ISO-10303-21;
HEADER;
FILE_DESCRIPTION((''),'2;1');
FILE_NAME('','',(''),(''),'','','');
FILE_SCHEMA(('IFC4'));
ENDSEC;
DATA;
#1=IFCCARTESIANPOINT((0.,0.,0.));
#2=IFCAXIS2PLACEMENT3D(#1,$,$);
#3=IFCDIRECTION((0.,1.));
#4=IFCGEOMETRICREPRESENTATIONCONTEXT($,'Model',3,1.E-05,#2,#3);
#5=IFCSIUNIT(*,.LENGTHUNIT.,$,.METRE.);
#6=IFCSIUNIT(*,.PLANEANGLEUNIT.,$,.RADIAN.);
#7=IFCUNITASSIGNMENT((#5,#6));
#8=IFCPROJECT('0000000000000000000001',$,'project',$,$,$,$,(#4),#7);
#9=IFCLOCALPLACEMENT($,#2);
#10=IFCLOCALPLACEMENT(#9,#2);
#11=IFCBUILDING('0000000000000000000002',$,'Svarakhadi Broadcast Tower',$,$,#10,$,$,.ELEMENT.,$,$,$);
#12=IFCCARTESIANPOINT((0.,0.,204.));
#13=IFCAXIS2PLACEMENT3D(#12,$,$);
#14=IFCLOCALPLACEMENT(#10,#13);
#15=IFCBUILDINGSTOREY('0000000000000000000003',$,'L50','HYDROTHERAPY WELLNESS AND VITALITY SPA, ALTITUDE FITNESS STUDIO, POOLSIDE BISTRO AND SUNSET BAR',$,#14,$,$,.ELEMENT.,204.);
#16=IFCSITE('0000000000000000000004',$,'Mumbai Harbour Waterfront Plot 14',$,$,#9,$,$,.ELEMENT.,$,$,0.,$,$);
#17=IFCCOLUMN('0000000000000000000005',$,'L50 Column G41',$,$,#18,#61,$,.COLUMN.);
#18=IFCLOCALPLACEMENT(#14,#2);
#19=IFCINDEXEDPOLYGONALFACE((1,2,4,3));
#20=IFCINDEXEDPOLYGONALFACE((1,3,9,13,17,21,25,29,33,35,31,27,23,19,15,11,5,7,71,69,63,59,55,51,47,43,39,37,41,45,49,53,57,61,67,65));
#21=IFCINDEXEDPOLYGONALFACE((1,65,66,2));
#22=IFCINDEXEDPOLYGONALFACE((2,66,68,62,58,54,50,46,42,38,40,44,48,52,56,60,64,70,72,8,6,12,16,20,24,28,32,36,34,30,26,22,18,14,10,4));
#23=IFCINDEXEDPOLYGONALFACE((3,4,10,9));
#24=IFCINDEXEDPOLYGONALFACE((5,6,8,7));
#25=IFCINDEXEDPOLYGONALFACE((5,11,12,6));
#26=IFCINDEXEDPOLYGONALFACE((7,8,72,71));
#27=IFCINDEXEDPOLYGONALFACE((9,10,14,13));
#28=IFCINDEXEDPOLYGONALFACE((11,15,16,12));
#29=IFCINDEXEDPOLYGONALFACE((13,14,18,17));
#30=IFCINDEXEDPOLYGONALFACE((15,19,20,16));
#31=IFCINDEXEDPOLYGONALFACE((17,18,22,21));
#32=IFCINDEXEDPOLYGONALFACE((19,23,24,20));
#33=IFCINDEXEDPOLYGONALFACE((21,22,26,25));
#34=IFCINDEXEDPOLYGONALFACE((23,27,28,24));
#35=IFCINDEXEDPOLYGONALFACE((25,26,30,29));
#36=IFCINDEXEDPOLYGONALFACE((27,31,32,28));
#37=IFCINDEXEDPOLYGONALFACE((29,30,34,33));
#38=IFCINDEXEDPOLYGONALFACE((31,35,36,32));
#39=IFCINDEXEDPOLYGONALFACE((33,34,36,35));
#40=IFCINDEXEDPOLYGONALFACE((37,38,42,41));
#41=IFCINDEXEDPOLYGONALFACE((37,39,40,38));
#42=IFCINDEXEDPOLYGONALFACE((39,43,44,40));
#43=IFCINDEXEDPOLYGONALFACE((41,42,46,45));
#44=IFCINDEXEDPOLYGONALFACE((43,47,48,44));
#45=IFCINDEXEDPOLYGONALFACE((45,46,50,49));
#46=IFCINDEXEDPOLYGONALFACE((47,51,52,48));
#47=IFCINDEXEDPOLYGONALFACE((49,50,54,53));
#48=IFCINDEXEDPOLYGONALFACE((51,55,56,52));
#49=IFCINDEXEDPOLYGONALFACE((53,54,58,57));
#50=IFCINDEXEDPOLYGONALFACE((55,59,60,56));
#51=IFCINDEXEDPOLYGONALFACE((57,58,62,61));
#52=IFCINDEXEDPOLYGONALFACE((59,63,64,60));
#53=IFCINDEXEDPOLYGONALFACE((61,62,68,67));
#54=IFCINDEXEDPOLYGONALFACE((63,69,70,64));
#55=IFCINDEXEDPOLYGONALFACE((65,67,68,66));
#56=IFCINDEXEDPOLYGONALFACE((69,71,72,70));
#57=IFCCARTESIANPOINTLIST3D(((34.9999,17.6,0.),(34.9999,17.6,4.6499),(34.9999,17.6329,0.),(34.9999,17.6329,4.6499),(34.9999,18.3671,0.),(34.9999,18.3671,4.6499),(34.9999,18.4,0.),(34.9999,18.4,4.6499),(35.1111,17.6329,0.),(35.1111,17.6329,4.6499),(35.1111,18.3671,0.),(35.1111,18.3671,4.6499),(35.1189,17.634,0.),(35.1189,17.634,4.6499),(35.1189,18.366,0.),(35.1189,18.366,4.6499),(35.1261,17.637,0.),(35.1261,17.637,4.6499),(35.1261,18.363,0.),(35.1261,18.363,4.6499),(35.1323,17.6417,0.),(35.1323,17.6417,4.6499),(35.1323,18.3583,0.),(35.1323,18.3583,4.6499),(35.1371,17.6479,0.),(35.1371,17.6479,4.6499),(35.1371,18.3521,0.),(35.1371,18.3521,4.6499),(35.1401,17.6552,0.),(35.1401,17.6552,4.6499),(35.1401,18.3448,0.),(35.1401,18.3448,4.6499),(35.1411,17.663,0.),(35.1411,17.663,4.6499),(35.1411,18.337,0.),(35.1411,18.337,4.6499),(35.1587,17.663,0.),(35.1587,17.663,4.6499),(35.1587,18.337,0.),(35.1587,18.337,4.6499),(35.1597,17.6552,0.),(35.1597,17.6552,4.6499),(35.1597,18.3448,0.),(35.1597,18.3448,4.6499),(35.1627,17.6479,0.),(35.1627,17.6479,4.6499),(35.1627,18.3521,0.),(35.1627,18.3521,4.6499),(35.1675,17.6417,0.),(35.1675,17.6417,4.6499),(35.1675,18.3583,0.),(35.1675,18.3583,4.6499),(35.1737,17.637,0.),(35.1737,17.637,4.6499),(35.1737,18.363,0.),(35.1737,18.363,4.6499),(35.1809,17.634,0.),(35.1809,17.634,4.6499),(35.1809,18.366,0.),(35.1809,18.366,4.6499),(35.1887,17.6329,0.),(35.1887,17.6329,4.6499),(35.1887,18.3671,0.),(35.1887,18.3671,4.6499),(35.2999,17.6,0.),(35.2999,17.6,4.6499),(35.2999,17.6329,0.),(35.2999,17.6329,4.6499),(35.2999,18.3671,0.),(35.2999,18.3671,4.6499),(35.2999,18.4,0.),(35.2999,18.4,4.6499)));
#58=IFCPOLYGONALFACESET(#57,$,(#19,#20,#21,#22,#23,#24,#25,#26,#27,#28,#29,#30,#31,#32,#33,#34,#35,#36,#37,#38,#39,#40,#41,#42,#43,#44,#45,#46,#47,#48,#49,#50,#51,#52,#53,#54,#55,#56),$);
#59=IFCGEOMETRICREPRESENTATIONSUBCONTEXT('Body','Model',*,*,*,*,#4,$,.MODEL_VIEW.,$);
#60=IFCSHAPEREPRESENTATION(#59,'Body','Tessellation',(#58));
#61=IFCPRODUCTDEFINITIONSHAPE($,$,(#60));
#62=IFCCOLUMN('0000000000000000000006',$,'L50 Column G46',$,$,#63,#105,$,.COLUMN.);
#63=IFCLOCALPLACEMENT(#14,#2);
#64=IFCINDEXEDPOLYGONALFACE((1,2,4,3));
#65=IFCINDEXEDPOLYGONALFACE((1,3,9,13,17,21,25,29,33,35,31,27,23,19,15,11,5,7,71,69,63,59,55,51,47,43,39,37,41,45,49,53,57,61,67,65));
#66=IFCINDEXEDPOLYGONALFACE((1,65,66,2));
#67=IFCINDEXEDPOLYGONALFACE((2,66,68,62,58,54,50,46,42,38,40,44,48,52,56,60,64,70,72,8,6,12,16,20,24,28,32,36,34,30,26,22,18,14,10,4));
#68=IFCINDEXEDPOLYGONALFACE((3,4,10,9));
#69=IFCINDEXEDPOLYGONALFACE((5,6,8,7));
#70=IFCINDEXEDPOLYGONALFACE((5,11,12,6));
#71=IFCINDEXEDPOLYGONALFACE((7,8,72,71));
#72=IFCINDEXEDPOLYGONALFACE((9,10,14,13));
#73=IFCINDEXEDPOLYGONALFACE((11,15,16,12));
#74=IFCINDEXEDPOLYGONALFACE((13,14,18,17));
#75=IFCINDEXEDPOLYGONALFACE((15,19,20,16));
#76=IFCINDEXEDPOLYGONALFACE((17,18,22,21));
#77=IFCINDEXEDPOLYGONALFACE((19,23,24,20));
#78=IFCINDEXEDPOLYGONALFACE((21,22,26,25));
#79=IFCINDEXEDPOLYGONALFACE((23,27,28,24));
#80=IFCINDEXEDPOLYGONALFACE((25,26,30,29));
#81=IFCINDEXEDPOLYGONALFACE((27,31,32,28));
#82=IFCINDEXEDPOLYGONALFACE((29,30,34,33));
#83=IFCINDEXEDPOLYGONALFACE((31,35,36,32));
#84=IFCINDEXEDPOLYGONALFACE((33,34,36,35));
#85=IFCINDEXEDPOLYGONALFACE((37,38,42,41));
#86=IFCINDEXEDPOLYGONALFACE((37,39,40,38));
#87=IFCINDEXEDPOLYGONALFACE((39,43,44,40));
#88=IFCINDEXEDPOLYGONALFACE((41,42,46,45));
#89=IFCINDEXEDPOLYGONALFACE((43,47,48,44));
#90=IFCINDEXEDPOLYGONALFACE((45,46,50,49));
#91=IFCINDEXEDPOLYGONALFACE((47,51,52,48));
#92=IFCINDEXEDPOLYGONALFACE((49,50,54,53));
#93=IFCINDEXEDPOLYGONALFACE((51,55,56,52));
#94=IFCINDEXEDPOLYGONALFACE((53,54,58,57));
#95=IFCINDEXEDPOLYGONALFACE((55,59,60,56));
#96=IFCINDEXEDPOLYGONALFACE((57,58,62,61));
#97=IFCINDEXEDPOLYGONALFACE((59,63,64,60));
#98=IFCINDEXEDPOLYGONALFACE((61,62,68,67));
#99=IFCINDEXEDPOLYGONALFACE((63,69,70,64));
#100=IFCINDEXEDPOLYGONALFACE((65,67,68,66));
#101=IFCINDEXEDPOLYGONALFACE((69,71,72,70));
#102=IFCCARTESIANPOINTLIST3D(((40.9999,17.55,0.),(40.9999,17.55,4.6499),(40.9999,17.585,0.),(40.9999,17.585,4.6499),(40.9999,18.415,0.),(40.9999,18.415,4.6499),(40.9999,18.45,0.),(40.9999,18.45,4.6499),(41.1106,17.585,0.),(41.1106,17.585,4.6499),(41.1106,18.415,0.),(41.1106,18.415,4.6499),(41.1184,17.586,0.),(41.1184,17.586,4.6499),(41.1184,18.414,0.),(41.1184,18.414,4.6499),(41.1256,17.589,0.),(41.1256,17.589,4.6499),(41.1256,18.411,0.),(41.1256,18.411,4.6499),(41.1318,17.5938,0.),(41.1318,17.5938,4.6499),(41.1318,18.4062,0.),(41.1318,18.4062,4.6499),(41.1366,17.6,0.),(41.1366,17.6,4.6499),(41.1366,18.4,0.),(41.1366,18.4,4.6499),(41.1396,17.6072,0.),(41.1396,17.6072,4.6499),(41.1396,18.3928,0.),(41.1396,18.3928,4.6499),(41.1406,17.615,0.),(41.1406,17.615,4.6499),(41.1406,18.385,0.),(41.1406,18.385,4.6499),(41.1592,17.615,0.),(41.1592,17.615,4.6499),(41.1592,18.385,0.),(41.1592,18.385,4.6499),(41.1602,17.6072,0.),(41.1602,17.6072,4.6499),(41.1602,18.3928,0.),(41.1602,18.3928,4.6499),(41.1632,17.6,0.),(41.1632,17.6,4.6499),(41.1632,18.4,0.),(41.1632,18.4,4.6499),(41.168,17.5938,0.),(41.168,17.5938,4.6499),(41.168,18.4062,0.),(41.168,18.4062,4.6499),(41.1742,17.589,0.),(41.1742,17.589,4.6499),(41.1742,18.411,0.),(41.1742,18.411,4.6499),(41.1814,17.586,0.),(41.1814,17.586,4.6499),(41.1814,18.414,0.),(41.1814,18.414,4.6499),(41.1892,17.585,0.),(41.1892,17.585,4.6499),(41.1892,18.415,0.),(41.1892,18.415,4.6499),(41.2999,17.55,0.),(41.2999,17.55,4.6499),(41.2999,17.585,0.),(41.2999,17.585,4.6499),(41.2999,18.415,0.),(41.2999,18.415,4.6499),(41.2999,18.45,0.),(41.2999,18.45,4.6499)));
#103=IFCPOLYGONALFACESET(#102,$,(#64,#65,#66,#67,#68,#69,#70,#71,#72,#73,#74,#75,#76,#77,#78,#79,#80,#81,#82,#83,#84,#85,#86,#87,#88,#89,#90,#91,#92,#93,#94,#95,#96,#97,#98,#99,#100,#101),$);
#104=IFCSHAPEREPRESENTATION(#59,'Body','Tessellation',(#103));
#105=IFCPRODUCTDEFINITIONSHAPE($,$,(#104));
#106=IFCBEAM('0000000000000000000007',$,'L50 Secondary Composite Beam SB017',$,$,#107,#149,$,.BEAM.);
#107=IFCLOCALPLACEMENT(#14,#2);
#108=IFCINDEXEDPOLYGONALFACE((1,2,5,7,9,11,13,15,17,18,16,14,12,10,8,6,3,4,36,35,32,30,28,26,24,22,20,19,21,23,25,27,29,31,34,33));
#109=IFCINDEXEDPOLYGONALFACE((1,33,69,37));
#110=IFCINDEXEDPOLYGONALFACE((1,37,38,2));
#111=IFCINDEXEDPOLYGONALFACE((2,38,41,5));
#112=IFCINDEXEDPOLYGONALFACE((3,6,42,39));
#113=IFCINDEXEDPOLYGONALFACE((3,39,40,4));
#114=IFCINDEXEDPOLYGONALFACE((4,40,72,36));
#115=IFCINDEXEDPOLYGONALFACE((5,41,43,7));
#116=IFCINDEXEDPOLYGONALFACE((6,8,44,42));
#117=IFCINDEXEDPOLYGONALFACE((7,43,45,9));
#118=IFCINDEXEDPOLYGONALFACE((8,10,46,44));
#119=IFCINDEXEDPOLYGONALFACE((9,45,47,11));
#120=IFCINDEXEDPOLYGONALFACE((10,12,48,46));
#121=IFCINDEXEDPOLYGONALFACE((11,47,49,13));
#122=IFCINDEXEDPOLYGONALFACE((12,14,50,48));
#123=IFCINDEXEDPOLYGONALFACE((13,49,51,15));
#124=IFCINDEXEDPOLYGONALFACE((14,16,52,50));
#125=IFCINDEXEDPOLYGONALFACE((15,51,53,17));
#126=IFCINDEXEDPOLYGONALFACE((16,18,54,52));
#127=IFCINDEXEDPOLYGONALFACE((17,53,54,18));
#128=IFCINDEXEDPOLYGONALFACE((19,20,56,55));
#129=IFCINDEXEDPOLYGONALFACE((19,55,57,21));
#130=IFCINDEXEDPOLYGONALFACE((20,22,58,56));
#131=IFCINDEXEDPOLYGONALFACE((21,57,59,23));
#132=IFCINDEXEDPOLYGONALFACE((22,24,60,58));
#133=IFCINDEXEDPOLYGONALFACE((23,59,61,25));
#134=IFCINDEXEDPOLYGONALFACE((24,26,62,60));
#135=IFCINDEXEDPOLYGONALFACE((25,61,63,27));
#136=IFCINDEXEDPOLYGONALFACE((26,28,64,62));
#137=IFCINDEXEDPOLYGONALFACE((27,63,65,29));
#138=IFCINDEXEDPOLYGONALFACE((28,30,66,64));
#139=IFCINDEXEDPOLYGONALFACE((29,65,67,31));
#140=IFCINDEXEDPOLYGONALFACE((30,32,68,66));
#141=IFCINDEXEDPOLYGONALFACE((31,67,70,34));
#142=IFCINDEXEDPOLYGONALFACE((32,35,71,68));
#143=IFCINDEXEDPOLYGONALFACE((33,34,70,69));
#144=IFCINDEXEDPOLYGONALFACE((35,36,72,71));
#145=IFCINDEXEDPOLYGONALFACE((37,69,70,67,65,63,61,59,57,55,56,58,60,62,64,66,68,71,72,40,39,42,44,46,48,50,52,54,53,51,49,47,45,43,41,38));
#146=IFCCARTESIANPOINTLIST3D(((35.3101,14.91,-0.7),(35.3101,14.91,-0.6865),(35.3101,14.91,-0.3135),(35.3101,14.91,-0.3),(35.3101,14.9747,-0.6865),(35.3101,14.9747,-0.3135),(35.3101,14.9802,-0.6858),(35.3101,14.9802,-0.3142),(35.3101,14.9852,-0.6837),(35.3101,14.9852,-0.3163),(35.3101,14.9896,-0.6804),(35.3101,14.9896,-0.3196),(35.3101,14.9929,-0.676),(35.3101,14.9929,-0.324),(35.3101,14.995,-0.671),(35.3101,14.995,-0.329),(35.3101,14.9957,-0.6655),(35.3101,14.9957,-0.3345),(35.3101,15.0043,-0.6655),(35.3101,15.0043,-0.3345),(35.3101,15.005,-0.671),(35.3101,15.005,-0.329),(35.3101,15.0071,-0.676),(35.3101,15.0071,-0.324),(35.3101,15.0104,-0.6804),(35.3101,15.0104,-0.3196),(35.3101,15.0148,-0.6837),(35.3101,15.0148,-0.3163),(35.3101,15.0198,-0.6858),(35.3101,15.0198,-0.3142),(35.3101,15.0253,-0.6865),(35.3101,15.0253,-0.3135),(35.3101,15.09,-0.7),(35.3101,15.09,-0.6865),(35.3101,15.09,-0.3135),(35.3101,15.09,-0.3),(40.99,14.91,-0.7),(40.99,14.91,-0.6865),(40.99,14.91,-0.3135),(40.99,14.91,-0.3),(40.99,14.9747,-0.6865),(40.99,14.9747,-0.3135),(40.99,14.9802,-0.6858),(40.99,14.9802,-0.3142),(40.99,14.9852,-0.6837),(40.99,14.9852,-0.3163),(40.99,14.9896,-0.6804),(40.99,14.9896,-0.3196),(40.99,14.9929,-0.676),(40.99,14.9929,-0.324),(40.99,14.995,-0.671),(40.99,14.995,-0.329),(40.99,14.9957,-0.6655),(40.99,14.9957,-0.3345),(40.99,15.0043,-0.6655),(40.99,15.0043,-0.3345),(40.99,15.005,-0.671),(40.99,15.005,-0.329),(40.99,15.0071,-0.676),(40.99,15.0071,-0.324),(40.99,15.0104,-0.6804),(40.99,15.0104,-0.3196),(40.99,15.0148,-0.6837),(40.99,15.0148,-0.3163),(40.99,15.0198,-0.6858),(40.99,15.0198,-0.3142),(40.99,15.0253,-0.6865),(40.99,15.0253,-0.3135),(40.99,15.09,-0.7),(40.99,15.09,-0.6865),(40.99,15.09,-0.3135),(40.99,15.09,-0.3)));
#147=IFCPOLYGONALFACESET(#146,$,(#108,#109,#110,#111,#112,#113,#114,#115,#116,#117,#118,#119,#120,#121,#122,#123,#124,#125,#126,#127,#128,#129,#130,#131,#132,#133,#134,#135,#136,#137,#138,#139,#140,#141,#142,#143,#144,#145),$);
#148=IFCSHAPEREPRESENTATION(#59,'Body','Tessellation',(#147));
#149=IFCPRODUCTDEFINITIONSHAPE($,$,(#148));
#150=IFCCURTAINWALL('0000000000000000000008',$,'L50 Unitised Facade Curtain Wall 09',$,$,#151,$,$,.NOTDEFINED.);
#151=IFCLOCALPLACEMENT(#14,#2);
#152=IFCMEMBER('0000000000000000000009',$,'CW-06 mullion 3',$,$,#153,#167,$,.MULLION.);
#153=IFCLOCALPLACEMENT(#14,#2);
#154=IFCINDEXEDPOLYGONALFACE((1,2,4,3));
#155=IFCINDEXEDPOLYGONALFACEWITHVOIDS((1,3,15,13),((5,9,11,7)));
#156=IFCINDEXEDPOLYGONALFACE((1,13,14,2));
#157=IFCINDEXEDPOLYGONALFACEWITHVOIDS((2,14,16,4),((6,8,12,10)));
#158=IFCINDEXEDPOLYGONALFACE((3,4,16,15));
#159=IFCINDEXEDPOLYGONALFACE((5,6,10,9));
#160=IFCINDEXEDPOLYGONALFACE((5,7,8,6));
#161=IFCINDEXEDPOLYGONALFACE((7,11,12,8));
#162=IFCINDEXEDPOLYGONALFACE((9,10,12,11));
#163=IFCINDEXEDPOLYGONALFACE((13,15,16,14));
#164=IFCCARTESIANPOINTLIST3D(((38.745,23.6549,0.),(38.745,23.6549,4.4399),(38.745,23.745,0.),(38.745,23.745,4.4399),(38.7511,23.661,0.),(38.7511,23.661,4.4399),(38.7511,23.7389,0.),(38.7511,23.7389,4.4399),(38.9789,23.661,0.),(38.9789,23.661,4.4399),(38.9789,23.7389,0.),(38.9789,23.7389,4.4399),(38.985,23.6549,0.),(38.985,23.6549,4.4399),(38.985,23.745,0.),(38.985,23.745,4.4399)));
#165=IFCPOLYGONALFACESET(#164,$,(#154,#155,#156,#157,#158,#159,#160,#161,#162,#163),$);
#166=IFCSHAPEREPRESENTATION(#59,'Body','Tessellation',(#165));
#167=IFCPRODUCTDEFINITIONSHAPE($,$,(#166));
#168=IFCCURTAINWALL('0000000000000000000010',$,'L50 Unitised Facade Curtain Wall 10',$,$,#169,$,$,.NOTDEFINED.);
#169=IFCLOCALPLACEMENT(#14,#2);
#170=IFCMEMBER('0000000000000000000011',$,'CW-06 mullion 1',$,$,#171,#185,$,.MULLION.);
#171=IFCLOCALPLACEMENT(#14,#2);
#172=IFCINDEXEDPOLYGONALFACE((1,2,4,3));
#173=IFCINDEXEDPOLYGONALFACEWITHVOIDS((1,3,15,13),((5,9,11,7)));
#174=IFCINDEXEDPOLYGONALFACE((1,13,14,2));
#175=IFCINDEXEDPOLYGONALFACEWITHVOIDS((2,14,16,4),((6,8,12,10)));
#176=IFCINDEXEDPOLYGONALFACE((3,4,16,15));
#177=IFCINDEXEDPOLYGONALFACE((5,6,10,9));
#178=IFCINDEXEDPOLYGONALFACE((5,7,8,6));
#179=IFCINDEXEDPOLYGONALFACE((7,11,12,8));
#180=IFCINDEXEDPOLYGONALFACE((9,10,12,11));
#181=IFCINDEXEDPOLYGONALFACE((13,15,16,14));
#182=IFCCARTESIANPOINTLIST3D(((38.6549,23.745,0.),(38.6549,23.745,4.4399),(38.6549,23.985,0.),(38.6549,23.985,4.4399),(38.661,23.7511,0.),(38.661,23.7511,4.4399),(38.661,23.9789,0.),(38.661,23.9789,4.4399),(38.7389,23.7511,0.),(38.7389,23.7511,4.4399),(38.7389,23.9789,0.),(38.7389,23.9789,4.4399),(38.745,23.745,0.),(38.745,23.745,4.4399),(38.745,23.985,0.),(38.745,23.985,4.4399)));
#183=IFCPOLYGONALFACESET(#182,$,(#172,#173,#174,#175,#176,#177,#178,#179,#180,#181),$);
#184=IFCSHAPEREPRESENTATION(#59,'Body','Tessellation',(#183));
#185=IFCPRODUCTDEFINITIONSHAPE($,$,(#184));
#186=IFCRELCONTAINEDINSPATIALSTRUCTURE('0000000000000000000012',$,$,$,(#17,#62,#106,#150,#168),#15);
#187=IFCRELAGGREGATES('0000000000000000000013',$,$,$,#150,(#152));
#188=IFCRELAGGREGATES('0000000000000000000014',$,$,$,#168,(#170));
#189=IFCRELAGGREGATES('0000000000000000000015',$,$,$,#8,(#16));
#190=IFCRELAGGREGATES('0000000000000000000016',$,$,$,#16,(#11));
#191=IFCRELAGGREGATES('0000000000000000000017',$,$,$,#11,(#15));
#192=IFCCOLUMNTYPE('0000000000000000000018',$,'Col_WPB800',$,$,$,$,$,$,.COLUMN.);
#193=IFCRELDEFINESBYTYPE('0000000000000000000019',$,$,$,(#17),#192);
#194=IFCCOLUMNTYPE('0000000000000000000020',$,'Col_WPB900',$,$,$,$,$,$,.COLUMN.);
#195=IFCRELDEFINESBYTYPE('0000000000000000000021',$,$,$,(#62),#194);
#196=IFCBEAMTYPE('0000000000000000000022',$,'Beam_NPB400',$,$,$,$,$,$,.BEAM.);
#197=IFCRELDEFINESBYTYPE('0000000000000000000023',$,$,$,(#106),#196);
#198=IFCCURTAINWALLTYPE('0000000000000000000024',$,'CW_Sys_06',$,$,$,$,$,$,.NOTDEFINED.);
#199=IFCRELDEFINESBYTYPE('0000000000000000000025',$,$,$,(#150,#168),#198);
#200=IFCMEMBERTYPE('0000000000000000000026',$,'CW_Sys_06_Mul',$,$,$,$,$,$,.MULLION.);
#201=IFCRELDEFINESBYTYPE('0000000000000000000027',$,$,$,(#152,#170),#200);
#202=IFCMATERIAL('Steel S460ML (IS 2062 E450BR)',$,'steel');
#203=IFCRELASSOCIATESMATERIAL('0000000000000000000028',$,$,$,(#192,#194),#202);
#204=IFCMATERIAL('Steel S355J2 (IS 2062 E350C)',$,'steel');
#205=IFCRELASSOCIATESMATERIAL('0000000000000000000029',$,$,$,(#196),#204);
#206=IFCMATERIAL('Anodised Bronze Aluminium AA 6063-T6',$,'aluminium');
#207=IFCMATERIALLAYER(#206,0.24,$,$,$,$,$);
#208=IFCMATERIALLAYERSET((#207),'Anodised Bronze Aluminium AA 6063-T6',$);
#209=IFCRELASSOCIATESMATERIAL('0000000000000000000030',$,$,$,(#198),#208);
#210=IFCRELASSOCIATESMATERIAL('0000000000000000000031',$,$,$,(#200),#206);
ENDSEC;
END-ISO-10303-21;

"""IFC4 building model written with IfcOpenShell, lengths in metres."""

from ifc_helpers import new_model, si_unit, direction, frame, origin, origin_2d, place, context, subcontext, project, spatial, hollow_rectangle, i_section, extrude, material, layer, layer_set, material_profile, profile_set, type_object, element, aggregate, save


model = new_model("IFC4")

# Units and contexts
model_context = context("Model", 3, precision=1e-05, world=origin(), true_north=direction((0.0, 1.0)))
body_context = subcontext(model_context, "Body", "Model", "MODEL_VIEW")
ifc_project = project(units=[si_unit("LENGTHUNIT", "METRE"), si_unit("PLANEANGLEUNIT", "RADIAN")], contexts=[model_context])

# Site, building, storey
site_placement = place(None, origin())
site = spatial("IfcSite", under=ifc_project, at=site_placement, Name="Mumbai Harbour Waterfront Plot 14", CompositionType="ELEMENT", RefElevation=0.0)
building_placement = place(site_placement, origin())
building = spatial("IfcBuilding", under=site, at=building_placement, Name="Svarakhadi Broadcast Tower", CompositionType="ELEMENT")
storey_placement = place(building_placement, frame((0.0, 0.0, 204.0)))
storey = spatial("IfcBuildingStorey", under=building, at=storey_placement, Name="L50", Description="HYDROTHERAPY WELLNESS AND VITALITY SPA, ALTITUDE FITNESS STUDIO, POOLSIDE BISTRO AND SUNSET BAR", CompositionType="ELEMENT", Elevation=204.0)

# Columns
ifc_material_1 = material(Name="Steel S460ML (IS 2062 E450BR)", Category="steel")
ifc_material_profile_1 = material_profile(ifc_material_1, i_section(OverallWidth=0.3, OverallDepth=0.8, WebThickness=0.0176, FlangeThickness=0.033, FilletRadius=0.03, at=origin_2d()), Name="WPB 800x300x262")
ifc_profile_set_1 = profile_set([ifc_material_profile_1], Name="Steel S460ML (IS 2062 E450BR)")
column_type_1 = type_object("IfcColumnType", Name="Col_WPB800", PredefinedType="COLUMN", material=ifc_profile_set_1)
column_1_placement = place(storey_placement, frame((35.1499, 18.0, 0.0), z_axis=(0.0, 0.0, 1.0), x_axis=(1.0, 0.0, 0.0)))
element("IfcColumn", 1, at=column_1_placement, inside=storey, type_object=column_type_1, Name="L50 Column G41", PredefinedType="COLUMN", context=body_context, shape_type="SweptSolid", body=[
    extrude(i_section(OverallWidth=0.3, OverallDepth=0.8, WebThickness=0.0176, FlangeThickness=0.033, FilletRadius=0.03, at=origin_2d()), origin(), (0.0, 0.0, 1.0), 4.6499),
])
ifc_material_profile_2 = material_profile(ifc_material_1, i_section(OverallWidth=0.3, OverallDepth=0.8999, WebThickness=0.0186, FlangeThickness=0.0349, FilletRadius=0.03, at=origin_2d()), Name="WPB 900x300x291")
ifc_profile_set_2 = profile_set([ifc_material_profile_2], Name="Steel S460ML (IS 2062 E450BR)")
column_type_2 = type_object("IfcColumnType", Name="Col_WPB900", PredefinedType="COLUMN", material=ifc_profile_set_2)
column_2_placement = place(storey_placement, frame((41.1499, 18.0, 0.0), z_axis=(0.0, 0.0, 1.0), x_axis=(1.0, 0.0, 0.0)))
element("IfcColumn", 2, at=column_2_placement, inside=storey, type_object=column_type_2, Name="L50 Column G46", PredefinedType="COLUMN", context=body_context, shape_type="SweptSolid", body=[
    extrude(i_section(OverallWidth=0.3, OverallDepth=0.8999, WebThickness=0.0186, FlangeThickness=0.0349, FilletRadius=0.03, at=origin_2d()), origin(), (0.0, 0.0, 1.0), 4.6499),
])

# Beam
ifc_material_2 = material(Name="Steel S355J2 (IS 2062 E350C)", Category="steel")
ifc_material_profile_3 = material_profile(ifc_material_2, i_section(OverallWidth=0.1799, OverallDepth=0.3999, WebThickness=0.0085, FlangeThickness=0.0134, FilletRadius=0.021, at=origin_2d()), Name="NPB 400x180x66")
ifc_profile_set_3 = profile_set([ifc_material_profile_3], Name="Steel S355J2 (IS 2062 E350C)")
beam_type_1 = type_object("IfcBeamType", Name="Beam_NPB400", PredefinedType="BEAM", material=ifc_profile_set_3)
beam_placement = place(storey_placement, frame((35.3101, 15.0, -0.5), z_axis=(1.0, 0.0, 0.0), x_axis=(0.0, 1.0, 0.0)))
element("IfcBeam", 3, at=beam_placement, inside=storey, type_object=beam_type_1, Name="L50 Secondary Composite Beam SB017", PredefinedType="BEAM", context=body_context, shape_type="SweptSolid", body=[
    extrude(i_section(OverallWidth=0.1799, OverallDepth=0.3999, WebThickness=0.0085, FlangeThickness=0.0134, FilletRadius=0.021, at=origin_2d()), origin(), (0.0, 0.0, 1.0), 5.6799),
])

# Curtain wall, member
ifc_material_3 = material(Name="Anodised Bronze Aluminium AA 6063-T6", Category="aluminium")
ifc_layer_1 = layer(ifc_material_3, 0.24)
ifc_layer_set_1 = layer_set([ifc_layer_1], Name="Anodised Bronze Aluminium AA 6063-T6")
curtain_wall_type = type_object("IfcCurtainWallType", Name="CW_Sys_06", PredefinedType="NOTDEFINED", material=ifc_layer_set_1)
curtain_wall_1_placement = place(storey_placement, origin())
curtain_wall_1 = element("IfcCurtainWall", 4, at=curtain_wall_1_placement, inside=storey, type_object=curtain_wall_type, Name="L50 Unitised Facade Curtain Wall 09", PredefinedType="NOTDEFINED")
ifc_material_profile_4 = material_profile(ifc_material_3, hollow_rectangle(XDim=0.0901, YDim=0.24, WallThickness=0.0061, at=origin_2d()), Name="ALU MULLION 240x90x6")
ifc_profile_set_4 = profile_set([ifc_material_profile_4], Name="Anodised Bronze Aluminium AA 6063-T6")
member_type_1 = type_object("IfcMemberType", Name="CW_Sys_06_Mul", PredefinedType="MULLION", material=ifc_profile_set_4)
member_1_placement = place(storey_placement, frame((38.865, 23.7, 0.0), z_axis=(0.0, 0.0, 1.0), x_axis=(0.0, 1.0, 0.0)))
member_1 = element("IfcMember", 5, at=member_1_placement, type_object=member_type_1, Name="CW-06 mullion 3", PredefinedType="MULLION", context=body_context, shape_type="SweptSolid", body=[
    extrude(hollow_rectangle(XDim=0.0901, YDim=0.24, WallThickness=0.0061, at=origin_2d()), origin(), (0.0, 0.0, 1.0), 4.4399),
])

# Curtain wall, member
curtain_wall_2_placement = place(storey_placement, origin())
curtain_wall_2 = element("IfcCurtainWall", 6, at=curtain_wall_2_placement, inside=storey, type_object=curtain_wall_type, Name="L50 Unitised Facade Curtain Wall 10", PredefinedType="NOTDEFINED")
member_2_placement = place(storey_placement, frame((38.7, 23.865, 0.0), z_axis=(0.0, 0.0, 1.0), x_axis=(1.0, 0.0, 0.0)))
member_2 = element("IfcMember", 7, at=member_2_placement, type_object=member_type_1, Name="CW-06 mullion 1", PredefinedType="MULLION", context=body_context, shape_type="SweptSolid", body=[
    extrude(hollow_rectangle(XDim=0.0901, YDim=0.24, WallThickness=0.0061, at=origin_2d()), origin(), (0.0, 0.0, 1.0), 4.4399),
])

aggregate(curtain_wall_1, [member_1])
aggregate(curtain_wall_2, [member_2])

save(model, "model.ifc")
